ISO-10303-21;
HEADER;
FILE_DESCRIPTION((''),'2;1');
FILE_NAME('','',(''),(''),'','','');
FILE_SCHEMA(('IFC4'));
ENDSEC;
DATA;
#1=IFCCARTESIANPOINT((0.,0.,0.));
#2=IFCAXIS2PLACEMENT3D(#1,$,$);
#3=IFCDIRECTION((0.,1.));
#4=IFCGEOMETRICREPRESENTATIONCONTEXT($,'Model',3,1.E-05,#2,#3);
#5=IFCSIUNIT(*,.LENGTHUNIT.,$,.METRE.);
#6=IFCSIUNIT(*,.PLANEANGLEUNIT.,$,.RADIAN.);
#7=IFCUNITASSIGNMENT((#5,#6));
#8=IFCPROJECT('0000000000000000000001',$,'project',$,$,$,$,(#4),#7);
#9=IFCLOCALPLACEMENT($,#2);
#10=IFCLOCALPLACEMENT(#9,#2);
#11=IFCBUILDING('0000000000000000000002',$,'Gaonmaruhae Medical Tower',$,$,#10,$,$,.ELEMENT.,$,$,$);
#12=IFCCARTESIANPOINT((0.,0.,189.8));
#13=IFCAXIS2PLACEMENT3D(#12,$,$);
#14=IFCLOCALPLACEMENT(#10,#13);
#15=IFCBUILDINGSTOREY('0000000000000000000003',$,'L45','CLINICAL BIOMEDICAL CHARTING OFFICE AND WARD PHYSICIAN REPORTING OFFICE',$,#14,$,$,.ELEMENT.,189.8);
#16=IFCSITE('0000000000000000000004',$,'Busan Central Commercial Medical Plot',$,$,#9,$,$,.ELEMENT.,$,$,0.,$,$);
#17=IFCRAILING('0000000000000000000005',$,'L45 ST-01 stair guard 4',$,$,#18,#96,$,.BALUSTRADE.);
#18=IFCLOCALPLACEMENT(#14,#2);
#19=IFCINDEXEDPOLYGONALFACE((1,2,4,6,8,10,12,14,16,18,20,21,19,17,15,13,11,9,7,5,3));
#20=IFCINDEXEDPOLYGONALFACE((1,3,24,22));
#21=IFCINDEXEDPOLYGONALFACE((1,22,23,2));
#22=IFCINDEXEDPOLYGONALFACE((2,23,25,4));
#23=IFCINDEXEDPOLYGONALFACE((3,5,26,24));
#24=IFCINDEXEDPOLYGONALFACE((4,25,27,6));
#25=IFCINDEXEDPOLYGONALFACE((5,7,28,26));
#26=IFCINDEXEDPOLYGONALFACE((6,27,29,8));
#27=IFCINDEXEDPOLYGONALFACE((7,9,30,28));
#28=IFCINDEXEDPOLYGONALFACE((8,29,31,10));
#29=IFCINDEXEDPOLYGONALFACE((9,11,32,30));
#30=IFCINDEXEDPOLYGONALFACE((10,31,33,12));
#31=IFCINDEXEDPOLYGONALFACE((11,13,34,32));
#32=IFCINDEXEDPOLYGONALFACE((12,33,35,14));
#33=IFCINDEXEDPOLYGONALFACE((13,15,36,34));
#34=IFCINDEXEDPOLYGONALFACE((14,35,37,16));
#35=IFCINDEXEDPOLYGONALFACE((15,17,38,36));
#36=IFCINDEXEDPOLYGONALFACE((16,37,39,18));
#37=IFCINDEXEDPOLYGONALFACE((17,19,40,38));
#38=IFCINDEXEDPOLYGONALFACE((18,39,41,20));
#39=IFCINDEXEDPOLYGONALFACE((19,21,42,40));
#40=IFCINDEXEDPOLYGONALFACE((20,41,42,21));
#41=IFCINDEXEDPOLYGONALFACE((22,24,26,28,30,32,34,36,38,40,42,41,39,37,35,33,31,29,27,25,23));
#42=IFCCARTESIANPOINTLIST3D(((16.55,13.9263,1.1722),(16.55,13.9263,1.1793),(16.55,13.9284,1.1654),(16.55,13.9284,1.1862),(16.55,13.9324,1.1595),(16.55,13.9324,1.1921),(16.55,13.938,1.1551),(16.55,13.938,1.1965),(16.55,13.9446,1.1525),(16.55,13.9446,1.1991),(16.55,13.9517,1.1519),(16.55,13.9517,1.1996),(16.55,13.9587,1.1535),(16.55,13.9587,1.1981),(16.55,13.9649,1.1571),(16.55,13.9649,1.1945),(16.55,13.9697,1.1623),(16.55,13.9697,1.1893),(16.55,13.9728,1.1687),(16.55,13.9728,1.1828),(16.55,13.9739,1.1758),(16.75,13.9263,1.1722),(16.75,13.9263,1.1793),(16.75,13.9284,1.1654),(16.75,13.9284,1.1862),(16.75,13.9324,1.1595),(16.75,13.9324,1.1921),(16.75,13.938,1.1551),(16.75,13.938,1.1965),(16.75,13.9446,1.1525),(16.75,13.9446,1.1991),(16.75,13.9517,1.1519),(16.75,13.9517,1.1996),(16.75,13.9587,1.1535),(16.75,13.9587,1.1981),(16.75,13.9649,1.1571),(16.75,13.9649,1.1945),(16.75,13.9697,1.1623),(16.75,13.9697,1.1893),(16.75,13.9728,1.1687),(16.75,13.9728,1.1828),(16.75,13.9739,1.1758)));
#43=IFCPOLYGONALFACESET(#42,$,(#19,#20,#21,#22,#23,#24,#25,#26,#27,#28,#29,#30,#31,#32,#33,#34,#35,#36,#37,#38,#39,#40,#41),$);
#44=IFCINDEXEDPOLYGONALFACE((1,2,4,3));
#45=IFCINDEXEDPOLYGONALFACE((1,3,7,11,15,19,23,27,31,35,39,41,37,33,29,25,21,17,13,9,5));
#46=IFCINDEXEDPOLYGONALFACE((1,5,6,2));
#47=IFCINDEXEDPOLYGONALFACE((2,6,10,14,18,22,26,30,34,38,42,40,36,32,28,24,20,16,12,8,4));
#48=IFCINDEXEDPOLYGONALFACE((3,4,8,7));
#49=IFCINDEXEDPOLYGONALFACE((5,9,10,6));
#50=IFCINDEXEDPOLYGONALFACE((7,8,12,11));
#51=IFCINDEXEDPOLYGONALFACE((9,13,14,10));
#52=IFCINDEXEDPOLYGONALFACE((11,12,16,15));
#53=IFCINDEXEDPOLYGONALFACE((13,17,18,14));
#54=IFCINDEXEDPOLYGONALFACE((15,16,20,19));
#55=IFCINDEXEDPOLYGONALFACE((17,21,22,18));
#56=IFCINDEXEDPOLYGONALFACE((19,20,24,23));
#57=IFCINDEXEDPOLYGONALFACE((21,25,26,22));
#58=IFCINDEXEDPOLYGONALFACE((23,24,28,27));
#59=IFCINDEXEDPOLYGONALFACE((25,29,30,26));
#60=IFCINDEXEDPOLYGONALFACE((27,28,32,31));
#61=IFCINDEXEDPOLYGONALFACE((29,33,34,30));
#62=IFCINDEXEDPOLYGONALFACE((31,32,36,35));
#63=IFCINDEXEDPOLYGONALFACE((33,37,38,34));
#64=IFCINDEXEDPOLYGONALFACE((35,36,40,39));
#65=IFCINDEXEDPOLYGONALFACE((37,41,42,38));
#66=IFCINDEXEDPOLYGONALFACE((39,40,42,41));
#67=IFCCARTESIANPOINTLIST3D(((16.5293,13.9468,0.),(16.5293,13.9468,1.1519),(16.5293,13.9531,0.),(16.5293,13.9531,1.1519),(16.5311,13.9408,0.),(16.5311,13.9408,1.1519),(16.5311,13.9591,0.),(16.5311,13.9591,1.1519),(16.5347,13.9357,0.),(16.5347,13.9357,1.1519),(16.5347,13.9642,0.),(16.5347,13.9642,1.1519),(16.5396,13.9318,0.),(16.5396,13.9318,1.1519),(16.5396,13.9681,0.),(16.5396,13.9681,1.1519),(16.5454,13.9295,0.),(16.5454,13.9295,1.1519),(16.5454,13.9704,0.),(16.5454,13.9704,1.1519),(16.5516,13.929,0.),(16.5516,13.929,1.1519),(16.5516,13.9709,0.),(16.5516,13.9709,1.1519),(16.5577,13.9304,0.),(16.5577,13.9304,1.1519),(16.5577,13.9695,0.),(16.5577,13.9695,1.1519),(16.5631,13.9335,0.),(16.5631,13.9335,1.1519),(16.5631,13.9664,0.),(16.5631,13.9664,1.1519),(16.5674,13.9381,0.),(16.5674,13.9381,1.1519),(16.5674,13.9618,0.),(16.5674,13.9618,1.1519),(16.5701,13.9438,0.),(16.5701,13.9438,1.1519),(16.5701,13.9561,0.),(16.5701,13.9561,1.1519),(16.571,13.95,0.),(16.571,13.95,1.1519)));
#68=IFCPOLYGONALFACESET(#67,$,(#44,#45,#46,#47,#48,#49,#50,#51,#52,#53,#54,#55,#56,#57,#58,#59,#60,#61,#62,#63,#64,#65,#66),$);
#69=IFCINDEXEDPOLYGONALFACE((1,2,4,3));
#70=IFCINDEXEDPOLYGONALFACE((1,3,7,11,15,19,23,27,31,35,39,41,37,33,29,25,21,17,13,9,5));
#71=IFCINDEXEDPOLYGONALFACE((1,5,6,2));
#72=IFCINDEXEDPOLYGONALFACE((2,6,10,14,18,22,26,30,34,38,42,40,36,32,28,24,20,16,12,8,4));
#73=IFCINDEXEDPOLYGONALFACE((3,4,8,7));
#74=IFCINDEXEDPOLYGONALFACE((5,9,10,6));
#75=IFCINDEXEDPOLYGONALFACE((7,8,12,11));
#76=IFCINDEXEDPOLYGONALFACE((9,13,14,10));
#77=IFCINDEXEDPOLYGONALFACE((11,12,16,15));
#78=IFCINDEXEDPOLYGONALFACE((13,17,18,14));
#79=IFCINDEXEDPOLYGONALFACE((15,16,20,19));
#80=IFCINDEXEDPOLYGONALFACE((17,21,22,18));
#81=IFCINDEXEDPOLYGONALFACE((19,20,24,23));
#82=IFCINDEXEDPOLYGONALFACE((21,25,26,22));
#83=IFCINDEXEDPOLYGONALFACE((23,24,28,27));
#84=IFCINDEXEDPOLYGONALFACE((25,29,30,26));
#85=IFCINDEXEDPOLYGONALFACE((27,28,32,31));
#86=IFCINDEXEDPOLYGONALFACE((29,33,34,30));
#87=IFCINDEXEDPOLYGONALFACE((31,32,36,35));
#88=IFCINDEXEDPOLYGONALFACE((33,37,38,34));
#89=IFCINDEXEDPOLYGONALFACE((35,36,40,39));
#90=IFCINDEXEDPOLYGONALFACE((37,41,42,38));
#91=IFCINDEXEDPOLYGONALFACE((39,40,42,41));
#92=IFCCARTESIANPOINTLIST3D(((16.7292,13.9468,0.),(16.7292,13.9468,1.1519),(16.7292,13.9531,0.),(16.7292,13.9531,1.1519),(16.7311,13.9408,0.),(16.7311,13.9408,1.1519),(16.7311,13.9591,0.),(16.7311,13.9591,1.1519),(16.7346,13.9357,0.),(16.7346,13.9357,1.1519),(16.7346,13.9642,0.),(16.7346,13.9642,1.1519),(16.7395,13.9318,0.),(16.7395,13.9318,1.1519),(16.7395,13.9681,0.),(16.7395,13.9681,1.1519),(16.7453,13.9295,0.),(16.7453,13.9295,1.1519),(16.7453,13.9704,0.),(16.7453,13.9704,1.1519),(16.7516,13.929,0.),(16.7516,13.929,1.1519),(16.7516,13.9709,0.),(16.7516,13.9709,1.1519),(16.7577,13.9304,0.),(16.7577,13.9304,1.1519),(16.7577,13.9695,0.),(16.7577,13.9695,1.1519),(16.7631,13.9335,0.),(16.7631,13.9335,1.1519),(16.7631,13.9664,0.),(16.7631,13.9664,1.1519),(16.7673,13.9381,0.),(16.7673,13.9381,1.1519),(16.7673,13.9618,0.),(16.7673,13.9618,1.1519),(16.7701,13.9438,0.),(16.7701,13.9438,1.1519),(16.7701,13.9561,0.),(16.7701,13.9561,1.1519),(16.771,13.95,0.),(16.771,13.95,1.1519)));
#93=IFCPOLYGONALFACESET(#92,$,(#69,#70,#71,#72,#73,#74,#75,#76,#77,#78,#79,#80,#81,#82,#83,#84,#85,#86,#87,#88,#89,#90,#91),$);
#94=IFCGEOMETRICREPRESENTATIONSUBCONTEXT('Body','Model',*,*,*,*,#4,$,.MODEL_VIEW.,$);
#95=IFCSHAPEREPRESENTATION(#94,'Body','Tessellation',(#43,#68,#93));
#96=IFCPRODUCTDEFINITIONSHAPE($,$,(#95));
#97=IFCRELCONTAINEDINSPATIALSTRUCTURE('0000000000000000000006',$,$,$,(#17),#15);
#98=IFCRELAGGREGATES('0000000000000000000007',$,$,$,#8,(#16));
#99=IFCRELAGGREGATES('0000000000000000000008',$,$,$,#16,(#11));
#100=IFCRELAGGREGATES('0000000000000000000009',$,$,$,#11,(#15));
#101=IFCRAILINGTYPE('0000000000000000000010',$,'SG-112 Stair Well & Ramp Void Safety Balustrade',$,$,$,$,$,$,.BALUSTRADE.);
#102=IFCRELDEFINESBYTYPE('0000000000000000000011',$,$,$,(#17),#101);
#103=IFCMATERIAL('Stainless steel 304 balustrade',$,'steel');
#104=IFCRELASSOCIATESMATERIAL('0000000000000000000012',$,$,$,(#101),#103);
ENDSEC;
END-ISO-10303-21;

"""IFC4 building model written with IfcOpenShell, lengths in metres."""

from ifc_helpers import new_model, si_unit, direction, frame, origin, origin_2d, place, context, subcontext, project, spatial, circle, extrude, material, type_object, element, save


model = new_model("IFC4")

# Units and contexts
model_context = context("Model", 3, precision=1e-05, world=origin(), true_north=direction((0.0, 1.0)))
body_context = subcontext(model_context, "Body", "Model", "MODEL_VIEW")
ifc_project = project(units=[si_unit("LENGTHUNIT", "METRE"), si_unit("PLANEANGLEUNIT", "RADIAN")], contexts=[model_context])

# Site, building, storey
site_placement = place(None, origin())
site = spatial("IfcSite", under=ifc_project, at=site_placement, Name="Busan Central Commercial Medical Plot", CompositionType="ELEMENT", RefElevation=0.0)
building_placement = place(site_placement, origin())
building = spatial("IfcBuilding", under=site, at=building_placement, Name="Gaonmaruhae Medical Tower", CompositionType="ELEMENT")
storey_placement = place(building_placement, frame((0.0, 0.0, 189.8)))
storey = spatial("IfcBuildingStorey", under=building, at=storey_placement, Name="L45", Description="CLINICAL BIOMEDICAL CHARTING OFFICE AND WARD PHYSICIAN REPORTING OFFICE", CompositionType="ELEMENT", Elevation=189.8)

# Railing
ifc_material_1 = material(Name="Stainless steel 304 balustrade", Category="steel")
railing_type_1 = type_object("IfcRailingType", Name="SG-112 Stair Well & Ramp Void Safety Balustrade", PredefinedType="BALUSTRADE", material=ifc_material_1)
railing_1_placement = place(storey_placement, frame((16.55, 13.95, 0.0)))
element("IfcRailing", 1, at=railing_1_placement, inside=storey, type_object=railing_type_1, Name="L45 ST-01 stair guard 4", PredefinedType="BALUSTRADE", context=body_context, shape_type="SweptSolid", body=[
    extrude(circle(Radius=0.0239, at=origin_2d()), frame((0.0, 0.0, 1.1758), z_axis=(1.0, 0.0, 0.0), x_axis=(0.0, 1.0, 0.0)), (0.0, 0.0, 1.0), 0.2),
    extrude(circle(Radius=0.021, at=origin_2d()), origin(), (0.0, 0.0, 1.0), 1.1519),
    extrude(circle(Radius=0.021, at=origin_2d()), frame((0.2, 0.0, 0.0)), (0.0, 0.0, 1.0), 1.1519),
])

save(model, "model.ifc")
